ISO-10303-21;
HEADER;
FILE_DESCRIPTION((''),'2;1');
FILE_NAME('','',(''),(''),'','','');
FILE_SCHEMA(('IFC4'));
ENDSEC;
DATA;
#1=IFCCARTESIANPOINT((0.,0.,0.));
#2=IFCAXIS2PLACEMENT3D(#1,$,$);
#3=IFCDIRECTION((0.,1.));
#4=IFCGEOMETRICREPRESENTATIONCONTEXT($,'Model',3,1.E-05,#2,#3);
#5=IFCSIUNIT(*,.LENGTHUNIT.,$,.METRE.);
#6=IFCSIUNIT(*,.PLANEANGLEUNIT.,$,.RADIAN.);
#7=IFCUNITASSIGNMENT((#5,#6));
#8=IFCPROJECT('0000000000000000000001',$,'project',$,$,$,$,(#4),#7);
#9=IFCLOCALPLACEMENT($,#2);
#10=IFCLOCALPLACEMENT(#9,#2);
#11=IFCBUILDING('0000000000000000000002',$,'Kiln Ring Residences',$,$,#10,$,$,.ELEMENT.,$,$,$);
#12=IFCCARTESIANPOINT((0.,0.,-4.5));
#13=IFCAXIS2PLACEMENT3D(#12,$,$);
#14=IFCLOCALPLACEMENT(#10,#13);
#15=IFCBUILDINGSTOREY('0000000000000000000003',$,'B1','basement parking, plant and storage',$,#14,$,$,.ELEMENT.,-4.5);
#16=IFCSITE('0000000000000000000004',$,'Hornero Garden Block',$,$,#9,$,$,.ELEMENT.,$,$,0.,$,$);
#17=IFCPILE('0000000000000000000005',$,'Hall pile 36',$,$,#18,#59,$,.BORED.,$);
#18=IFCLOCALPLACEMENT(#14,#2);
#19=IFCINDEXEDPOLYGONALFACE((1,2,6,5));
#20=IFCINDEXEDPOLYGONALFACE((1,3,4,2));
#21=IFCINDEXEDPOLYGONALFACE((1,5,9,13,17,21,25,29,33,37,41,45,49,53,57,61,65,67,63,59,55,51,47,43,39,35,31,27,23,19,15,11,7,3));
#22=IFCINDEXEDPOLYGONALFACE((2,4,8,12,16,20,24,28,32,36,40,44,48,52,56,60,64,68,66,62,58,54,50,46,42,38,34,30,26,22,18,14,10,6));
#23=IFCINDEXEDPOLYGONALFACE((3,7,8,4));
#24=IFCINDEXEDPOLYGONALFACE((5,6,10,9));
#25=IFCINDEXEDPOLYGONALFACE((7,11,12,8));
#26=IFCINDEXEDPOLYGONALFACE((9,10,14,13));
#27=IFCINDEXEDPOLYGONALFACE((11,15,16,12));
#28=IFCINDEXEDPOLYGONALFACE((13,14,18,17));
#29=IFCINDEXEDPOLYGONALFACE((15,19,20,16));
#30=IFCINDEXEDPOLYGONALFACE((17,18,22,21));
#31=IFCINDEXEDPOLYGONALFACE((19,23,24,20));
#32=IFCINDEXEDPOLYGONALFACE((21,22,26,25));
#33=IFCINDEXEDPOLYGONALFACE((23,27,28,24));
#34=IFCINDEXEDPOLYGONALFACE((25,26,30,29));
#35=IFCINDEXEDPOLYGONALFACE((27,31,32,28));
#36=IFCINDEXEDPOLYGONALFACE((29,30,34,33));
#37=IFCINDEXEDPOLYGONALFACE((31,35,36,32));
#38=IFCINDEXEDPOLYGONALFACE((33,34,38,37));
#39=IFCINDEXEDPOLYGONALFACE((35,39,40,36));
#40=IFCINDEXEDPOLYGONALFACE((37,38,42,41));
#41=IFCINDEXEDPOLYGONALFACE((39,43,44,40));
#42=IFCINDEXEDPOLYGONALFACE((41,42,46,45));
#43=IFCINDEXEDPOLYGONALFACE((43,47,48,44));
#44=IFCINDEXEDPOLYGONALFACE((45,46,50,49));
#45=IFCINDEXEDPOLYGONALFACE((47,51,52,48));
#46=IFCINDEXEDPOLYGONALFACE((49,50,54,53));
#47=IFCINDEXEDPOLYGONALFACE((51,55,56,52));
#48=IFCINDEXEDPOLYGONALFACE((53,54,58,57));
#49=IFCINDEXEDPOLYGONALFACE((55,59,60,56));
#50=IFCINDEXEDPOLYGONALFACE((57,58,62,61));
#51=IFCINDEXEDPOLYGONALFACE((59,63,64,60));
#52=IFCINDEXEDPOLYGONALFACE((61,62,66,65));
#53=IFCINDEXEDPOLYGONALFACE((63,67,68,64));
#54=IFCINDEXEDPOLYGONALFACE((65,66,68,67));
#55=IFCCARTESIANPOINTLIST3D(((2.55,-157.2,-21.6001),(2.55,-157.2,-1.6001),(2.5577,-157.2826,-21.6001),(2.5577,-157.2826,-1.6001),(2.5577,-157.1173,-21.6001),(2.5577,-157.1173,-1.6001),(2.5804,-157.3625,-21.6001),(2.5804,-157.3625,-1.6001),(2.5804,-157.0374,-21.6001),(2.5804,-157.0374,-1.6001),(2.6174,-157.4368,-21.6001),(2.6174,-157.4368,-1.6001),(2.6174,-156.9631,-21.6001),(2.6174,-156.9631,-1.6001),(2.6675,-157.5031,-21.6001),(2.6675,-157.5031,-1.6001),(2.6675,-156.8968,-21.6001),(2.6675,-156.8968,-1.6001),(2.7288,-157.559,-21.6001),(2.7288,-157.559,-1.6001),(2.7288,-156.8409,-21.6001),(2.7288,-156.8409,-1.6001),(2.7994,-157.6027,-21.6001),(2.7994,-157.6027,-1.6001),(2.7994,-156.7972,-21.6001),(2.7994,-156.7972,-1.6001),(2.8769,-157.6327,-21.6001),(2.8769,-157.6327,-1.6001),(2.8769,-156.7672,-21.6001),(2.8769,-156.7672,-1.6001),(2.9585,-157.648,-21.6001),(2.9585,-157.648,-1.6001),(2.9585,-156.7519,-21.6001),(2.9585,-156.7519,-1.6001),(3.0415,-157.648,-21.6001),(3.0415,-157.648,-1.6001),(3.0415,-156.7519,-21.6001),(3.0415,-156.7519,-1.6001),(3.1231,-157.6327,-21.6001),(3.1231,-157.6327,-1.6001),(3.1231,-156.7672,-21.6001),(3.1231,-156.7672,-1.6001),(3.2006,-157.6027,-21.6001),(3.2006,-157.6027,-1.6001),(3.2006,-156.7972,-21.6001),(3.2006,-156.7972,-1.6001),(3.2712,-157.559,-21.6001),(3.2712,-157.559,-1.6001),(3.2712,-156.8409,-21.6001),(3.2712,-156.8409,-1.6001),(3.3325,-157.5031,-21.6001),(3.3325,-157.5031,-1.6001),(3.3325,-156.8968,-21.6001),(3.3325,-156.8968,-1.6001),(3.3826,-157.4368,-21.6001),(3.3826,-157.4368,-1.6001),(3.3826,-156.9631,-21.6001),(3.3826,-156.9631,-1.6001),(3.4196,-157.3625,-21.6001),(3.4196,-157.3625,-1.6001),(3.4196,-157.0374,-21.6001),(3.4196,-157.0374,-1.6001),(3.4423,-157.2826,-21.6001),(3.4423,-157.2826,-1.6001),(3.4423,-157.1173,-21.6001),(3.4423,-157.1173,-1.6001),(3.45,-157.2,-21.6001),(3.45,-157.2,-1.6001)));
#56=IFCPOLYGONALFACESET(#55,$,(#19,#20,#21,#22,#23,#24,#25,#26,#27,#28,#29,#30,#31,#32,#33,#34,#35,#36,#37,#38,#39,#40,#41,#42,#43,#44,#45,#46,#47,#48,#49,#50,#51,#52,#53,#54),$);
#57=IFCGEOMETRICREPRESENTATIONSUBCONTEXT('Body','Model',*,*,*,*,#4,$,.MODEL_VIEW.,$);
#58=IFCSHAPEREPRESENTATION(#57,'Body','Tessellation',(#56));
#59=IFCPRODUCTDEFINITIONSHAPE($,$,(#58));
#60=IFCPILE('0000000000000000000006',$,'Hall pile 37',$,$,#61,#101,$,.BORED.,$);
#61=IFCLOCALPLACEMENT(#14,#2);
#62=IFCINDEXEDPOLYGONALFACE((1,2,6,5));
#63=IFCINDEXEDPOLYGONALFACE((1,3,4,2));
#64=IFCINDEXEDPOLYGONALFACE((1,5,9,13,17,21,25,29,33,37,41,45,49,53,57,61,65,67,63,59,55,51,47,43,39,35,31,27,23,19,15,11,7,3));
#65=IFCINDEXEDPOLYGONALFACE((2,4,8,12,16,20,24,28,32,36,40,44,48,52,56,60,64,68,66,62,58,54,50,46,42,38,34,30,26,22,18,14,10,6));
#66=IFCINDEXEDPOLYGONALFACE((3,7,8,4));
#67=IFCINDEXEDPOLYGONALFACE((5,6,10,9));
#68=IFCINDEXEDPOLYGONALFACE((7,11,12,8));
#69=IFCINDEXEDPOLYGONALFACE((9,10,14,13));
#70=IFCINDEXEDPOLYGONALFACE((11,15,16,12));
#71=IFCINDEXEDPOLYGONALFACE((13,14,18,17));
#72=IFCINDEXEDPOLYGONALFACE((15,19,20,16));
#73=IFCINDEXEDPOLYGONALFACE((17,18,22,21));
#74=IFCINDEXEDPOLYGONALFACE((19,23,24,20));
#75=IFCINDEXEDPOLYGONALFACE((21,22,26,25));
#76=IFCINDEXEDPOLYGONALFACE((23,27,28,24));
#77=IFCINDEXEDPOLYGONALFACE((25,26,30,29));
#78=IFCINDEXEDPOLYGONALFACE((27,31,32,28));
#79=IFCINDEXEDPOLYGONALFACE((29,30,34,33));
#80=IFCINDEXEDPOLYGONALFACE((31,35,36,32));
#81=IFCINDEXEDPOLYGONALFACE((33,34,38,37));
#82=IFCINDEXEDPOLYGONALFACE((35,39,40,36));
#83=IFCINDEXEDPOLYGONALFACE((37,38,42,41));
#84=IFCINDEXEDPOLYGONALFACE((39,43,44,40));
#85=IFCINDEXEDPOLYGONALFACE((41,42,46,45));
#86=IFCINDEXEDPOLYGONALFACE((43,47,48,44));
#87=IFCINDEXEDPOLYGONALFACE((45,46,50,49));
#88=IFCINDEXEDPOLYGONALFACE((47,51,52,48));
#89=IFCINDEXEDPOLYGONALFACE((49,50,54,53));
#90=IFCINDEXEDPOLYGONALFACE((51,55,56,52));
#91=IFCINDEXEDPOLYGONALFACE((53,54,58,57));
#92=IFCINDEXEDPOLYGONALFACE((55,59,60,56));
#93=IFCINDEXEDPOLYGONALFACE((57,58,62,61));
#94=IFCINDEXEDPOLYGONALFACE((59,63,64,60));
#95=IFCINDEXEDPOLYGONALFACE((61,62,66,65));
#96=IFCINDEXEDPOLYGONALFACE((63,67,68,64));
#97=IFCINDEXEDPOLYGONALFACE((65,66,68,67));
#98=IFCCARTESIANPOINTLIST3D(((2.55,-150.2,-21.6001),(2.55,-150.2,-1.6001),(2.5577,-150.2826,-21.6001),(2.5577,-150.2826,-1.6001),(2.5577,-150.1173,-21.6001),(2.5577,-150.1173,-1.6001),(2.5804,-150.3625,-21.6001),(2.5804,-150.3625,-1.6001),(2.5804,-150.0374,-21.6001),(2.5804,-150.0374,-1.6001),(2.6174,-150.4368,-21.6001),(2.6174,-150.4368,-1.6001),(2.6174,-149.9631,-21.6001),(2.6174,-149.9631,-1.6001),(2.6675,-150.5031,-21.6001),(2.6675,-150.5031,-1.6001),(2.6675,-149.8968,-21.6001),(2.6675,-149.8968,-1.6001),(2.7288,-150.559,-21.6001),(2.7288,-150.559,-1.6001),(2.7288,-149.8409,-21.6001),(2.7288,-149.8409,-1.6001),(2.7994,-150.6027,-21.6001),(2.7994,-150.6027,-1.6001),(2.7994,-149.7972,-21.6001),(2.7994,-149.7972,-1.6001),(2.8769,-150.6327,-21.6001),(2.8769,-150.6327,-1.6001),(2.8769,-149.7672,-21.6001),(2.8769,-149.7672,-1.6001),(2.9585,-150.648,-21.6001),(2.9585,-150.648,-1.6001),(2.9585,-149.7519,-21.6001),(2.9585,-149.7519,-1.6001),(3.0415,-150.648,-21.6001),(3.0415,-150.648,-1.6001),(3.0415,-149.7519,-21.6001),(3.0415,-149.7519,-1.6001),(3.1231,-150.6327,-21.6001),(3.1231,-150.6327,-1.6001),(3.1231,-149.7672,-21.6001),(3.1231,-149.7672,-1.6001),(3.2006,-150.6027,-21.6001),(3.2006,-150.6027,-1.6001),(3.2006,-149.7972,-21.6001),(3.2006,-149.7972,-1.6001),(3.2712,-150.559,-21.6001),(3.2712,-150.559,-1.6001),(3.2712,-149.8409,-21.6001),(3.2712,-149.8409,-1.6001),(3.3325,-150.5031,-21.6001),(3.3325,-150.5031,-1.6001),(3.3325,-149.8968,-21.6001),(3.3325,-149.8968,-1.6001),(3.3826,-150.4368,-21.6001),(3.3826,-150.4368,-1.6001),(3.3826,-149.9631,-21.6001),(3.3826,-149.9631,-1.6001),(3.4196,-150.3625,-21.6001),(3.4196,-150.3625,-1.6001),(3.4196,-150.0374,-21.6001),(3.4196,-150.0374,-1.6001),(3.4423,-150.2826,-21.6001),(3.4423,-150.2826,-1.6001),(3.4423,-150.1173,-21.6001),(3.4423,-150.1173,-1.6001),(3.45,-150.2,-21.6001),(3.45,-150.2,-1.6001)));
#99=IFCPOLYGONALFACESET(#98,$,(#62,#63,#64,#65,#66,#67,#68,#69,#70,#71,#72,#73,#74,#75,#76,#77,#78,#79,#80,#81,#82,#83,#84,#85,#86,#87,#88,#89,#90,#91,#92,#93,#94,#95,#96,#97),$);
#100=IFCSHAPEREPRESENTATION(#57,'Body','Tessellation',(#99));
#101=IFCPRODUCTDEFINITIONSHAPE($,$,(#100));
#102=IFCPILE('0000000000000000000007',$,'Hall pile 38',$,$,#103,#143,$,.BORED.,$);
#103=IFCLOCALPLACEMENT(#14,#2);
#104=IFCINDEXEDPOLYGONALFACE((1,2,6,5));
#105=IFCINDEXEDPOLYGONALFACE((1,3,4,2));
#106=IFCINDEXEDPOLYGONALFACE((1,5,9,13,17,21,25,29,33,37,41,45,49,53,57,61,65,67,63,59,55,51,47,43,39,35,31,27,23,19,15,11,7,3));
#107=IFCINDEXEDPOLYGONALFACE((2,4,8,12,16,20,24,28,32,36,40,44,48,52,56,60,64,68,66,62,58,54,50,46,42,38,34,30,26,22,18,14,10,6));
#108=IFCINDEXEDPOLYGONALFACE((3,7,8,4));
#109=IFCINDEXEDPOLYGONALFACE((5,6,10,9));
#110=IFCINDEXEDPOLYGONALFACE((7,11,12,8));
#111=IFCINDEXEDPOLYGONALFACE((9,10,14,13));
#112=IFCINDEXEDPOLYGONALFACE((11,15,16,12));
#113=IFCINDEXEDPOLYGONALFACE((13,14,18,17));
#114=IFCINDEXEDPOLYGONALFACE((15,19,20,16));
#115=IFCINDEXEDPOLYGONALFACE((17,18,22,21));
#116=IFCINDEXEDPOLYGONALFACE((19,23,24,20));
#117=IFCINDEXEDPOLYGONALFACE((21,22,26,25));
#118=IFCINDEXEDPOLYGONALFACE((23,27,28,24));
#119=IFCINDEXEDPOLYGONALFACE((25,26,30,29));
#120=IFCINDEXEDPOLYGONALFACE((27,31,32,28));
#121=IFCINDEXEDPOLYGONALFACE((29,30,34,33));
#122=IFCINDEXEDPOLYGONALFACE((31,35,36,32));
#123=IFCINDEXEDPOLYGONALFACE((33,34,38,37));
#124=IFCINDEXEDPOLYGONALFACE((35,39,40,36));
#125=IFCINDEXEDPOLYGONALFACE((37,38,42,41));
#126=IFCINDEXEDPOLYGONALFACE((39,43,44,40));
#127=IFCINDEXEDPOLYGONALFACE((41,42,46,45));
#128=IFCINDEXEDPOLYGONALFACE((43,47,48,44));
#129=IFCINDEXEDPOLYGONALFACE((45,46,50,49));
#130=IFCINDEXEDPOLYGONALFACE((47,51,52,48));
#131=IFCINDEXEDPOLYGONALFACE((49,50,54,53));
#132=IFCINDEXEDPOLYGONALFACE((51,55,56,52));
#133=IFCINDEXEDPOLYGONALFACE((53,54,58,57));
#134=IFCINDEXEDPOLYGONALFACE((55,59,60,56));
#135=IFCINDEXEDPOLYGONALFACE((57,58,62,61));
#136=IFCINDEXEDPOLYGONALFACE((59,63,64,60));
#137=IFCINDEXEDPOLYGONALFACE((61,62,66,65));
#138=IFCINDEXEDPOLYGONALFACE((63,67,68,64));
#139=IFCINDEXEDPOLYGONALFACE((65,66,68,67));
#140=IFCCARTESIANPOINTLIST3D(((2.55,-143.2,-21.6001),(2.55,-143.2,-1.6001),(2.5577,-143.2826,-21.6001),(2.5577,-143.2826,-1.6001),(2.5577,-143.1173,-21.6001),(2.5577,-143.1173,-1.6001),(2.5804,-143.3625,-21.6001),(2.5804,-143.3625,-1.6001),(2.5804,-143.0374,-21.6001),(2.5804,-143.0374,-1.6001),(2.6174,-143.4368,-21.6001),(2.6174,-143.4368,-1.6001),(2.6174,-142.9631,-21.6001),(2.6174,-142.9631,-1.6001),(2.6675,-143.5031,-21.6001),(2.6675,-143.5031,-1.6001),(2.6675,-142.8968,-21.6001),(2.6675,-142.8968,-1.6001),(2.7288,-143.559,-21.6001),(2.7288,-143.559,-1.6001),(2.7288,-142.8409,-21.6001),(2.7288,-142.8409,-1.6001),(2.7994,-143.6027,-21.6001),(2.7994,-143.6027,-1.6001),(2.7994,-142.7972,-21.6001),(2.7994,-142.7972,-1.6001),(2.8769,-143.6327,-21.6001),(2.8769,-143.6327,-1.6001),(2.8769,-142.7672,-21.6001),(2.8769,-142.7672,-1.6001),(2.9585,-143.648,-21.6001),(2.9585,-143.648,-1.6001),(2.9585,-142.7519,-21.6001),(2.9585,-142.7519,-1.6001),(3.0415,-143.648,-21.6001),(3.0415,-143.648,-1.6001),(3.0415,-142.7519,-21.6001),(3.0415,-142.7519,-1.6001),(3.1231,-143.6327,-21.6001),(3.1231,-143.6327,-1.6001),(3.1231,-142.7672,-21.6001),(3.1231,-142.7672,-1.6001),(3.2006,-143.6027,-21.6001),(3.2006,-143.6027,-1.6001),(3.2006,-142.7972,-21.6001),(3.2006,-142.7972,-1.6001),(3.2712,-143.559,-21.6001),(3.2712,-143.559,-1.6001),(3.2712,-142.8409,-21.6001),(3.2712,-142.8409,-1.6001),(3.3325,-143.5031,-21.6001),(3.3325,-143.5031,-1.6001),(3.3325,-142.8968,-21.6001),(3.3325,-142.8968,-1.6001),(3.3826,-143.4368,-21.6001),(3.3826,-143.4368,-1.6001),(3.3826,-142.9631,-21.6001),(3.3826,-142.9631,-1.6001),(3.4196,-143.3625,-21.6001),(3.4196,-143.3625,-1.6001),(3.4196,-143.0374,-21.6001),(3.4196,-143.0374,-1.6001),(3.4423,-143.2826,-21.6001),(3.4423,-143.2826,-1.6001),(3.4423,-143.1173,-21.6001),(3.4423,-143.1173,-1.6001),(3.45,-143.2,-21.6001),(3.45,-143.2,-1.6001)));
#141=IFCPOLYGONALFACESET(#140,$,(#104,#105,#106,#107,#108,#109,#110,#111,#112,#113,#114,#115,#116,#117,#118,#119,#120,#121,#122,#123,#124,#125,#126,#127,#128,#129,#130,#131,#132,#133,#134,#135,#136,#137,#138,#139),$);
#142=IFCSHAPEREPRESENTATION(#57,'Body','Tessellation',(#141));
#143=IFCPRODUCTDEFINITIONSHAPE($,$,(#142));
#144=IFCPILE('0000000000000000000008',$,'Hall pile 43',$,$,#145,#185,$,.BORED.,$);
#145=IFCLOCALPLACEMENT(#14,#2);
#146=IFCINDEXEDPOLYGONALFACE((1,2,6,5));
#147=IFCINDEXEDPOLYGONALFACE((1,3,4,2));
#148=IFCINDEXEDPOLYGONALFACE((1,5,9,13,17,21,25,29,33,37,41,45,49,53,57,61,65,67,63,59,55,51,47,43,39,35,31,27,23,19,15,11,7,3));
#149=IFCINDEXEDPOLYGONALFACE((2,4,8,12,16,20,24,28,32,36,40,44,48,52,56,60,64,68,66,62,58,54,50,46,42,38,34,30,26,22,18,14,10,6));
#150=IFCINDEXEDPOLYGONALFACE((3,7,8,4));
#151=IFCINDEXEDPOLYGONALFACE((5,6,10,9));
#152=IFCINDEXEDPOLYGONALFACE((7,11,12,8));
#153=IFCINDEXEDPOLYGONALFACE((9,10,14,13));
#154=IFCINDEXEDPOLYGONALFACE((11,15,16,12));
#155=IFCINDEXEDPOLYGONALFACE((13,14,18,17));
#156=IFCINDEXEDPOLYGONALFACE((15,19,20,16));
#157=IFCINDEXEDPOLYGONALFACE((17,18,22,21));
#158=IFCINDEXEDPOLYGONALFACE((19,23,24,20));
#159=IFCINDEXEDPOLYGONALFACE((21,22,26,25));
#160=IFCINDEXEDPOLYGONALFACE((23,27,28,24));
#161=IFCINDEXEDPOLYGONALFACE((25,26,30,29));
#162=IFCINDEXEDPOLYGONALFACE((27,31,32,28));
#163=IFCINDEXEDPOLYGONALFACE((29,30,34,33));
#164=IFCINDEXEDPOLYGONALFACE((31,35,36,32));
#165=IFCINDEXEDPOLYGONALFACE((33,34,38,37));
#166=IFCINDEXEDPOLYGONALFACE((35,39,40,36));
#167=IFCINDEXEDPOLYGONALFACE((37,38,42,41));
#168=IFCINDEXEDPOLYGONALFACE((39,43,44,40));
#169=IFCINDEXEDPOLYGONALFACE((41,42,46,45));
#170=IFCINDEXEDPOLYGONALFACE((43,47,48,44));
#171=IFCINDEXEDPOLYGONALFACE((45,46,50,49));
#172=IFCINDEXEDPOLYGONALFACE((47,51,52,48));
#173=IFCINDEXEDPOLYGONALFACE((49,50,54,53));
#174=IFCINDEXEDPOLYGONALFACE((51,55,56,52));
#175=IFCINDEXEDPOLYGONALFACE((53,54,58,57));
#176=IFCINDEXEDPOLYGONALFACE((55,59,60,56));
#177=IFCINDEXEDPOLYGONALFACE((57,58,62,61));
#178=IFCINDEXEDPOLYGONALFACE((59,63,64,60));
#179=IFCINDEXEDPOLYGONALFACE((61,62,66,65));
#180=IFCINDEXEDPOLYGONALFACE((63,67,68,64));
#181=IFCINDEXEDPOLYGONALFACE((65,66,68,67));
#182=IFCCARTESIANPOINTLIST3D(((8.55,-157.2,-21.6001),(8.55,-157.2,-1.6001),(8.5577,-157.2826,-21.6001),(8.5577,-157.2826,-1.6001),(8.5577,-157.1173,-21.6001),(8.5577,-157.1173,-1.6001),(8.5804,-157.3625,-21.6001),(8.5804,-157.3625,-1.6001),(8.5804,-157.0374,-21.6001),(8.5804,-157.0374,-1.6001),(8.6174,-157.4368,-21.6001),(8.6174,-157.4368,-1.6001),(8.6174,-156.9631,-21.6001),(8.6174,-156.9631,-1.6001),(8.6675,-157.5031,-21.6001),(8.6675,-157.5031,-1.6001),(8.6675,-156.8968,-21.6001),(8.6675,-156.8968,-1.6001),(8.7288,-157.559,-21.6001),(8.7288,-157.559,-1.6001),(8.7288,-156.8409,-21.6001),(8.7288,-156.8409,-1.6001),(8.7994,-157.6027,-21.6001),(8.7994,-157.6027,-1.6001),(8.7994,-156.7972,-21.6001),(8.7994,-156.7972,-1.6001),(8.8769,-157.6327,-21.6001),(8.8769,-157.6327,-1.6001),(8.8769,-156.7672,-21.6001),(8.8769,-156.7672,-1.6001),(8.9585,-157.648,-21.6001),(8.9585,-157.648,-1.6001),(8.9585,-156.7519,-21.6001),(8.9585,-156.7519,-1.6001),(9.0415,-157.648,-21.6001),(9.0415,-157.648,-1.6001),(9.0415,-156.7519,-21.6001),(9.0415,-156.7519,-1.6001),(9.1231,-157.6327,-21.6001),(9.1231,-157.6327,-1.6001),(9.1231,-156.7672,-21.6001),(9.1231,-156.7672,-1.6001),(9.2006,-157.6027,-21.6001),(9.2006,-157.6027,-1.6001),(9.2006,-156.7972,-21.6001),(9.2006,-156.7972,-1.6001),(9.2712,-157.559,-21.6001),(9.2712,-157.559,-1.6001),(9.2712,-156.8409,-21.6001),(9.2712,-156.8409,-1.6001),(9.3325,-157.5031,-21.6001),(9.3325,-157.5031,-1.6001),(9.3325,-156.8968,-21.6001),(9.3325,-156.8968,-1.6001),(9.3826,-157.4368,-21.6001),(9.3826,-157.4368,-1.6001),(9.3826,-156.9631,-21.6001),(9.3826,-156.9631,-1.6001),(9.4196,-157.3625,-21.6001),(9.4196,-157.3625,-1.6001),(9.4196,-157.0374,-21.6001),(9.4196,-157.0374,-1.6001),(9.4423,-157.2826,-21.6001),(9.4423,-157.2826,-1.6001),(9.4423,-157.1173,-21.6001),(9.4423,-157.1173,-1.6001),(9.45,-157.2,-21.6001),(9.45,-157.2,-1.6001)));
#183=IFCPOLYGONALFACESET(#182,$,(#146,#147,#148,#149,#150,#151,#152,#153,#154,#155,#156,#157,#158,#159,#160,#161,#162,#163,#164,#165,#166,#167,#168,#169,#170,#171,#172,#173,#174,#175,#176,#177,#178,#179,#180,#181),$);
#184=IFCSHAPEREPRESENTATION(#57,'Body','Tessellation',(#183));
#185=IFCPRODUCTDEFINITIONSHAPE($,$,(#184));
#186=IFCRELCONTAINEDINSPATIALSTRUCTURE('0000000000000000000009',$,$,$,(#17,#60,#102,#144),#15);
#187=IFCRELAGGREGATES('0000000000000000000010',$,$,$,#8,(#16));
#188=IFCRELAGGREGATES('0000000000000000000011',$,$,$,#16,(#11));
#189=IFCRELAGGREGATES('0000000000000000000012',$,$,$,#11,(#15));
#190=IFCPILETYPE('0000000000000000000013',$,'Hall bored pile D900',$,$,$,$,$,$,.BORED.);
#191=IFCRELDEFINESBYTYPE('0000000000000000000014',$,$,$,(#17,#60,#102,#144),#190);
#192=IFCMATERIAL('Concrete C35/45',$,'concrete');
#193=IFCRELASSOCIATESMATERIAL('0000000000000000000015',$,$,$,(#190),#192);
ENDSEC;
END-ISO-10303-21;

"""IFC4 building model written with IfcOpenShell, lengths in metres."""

from ifc_helpers import new_model, si_unit, direction, frame, origin, origin_2d, place, context, subcontext, project, spatial, circle, extrude, material, material_profile, profile_set, type_object, element, save


model = new_model("IFC4")

# Units and contexts
model_context = context("Model", 3, precision=1e-05, world=origin(), true_north=direction((0.0, 1.0)))
body_context = subcontext(model_context, "Body", "Model", "MODEL_VIEW")
ifc_project = project(units=[si_unit("LENGTHUNIT", "METRE"), si_unit("PLANEANGLEUNIT", "RADIAN")], contexts=[model_context])

# Site, building, storey
site_placement = place(None, origin())
site = spatial("IfcSite", under=ifc_project, at=site_placement, Name="Hornero Garden Block", CompositionType="ELEMENT", RefElevation=0.0)
building_placement = place(site_placement, origin())
building = spatial("IfcBuilding", under=site, at=building_placement, Name="Kiln Ring Residences", CompositionType="ELEMENT")
storey_placement = place(building_placement, frame((0.0, 0.0, -4.5)))
storey = spatial("IfcBuildingStorey", under=building, at=storey_placement, Name="B1", Description="basement parking, plant and storage", CompositionType="ELEMENT", Elevation=-4.5)

# Piles
ifc_material_1 = material(Name="Concrete C35/45", Category="concrete")
ifc_material_profile_1 = material_profile(ifc_material_1, circle(Radius=0.45, at=origin_2d()), Name="Hall bored pile D900")
ifc_profile_set_1 = profile_set([ifc_material_profile_1], Name="Concrete C35/45")
pile_type = type_object("IfcPileType", Name="Hall bored pile D900", PredefinedType="BORED", material=ifc_profile_set_1)
for number, where, z_axis, x_axis, name in (
    (1, (3.0, -157.2, -1.6001), (0.0, 0.0, -1.0), (1.0, 0.0, 0.0), "Hall pile 36"),
    (2, (3.0, -150.2, -1.6001), (0.0, 0.0, -1.0), (1.0, 0.0, 0.0), "Hall pile 37"),
    (3, (3.0, -143.2, -1.6001), (0.0, 0.0, -1.0), (1.0, 0.0, 0.0), "Hall pile 38"),
    (4, (9.0, -157.2, -1.6001), (0.0, 0.0, -1.0), (1.0, 0.0, 0.0), "Hall pile 43"),
):
    element("IfcPile", number, at=place(storey_placement, frame(where, z_axis=z_axis, x_axis=x_axis)), inside=storey, type_object=pile_type, Name=name, PredefinedType="BORED", context=body_context, shape_type="SweptSolid", body=[
        extrude(circle(Radius=0.45, at=origin_2d()), origin(), (0.0, 0.0, 1.0), 20.0),
    ])

save(model, "model.ifc")
